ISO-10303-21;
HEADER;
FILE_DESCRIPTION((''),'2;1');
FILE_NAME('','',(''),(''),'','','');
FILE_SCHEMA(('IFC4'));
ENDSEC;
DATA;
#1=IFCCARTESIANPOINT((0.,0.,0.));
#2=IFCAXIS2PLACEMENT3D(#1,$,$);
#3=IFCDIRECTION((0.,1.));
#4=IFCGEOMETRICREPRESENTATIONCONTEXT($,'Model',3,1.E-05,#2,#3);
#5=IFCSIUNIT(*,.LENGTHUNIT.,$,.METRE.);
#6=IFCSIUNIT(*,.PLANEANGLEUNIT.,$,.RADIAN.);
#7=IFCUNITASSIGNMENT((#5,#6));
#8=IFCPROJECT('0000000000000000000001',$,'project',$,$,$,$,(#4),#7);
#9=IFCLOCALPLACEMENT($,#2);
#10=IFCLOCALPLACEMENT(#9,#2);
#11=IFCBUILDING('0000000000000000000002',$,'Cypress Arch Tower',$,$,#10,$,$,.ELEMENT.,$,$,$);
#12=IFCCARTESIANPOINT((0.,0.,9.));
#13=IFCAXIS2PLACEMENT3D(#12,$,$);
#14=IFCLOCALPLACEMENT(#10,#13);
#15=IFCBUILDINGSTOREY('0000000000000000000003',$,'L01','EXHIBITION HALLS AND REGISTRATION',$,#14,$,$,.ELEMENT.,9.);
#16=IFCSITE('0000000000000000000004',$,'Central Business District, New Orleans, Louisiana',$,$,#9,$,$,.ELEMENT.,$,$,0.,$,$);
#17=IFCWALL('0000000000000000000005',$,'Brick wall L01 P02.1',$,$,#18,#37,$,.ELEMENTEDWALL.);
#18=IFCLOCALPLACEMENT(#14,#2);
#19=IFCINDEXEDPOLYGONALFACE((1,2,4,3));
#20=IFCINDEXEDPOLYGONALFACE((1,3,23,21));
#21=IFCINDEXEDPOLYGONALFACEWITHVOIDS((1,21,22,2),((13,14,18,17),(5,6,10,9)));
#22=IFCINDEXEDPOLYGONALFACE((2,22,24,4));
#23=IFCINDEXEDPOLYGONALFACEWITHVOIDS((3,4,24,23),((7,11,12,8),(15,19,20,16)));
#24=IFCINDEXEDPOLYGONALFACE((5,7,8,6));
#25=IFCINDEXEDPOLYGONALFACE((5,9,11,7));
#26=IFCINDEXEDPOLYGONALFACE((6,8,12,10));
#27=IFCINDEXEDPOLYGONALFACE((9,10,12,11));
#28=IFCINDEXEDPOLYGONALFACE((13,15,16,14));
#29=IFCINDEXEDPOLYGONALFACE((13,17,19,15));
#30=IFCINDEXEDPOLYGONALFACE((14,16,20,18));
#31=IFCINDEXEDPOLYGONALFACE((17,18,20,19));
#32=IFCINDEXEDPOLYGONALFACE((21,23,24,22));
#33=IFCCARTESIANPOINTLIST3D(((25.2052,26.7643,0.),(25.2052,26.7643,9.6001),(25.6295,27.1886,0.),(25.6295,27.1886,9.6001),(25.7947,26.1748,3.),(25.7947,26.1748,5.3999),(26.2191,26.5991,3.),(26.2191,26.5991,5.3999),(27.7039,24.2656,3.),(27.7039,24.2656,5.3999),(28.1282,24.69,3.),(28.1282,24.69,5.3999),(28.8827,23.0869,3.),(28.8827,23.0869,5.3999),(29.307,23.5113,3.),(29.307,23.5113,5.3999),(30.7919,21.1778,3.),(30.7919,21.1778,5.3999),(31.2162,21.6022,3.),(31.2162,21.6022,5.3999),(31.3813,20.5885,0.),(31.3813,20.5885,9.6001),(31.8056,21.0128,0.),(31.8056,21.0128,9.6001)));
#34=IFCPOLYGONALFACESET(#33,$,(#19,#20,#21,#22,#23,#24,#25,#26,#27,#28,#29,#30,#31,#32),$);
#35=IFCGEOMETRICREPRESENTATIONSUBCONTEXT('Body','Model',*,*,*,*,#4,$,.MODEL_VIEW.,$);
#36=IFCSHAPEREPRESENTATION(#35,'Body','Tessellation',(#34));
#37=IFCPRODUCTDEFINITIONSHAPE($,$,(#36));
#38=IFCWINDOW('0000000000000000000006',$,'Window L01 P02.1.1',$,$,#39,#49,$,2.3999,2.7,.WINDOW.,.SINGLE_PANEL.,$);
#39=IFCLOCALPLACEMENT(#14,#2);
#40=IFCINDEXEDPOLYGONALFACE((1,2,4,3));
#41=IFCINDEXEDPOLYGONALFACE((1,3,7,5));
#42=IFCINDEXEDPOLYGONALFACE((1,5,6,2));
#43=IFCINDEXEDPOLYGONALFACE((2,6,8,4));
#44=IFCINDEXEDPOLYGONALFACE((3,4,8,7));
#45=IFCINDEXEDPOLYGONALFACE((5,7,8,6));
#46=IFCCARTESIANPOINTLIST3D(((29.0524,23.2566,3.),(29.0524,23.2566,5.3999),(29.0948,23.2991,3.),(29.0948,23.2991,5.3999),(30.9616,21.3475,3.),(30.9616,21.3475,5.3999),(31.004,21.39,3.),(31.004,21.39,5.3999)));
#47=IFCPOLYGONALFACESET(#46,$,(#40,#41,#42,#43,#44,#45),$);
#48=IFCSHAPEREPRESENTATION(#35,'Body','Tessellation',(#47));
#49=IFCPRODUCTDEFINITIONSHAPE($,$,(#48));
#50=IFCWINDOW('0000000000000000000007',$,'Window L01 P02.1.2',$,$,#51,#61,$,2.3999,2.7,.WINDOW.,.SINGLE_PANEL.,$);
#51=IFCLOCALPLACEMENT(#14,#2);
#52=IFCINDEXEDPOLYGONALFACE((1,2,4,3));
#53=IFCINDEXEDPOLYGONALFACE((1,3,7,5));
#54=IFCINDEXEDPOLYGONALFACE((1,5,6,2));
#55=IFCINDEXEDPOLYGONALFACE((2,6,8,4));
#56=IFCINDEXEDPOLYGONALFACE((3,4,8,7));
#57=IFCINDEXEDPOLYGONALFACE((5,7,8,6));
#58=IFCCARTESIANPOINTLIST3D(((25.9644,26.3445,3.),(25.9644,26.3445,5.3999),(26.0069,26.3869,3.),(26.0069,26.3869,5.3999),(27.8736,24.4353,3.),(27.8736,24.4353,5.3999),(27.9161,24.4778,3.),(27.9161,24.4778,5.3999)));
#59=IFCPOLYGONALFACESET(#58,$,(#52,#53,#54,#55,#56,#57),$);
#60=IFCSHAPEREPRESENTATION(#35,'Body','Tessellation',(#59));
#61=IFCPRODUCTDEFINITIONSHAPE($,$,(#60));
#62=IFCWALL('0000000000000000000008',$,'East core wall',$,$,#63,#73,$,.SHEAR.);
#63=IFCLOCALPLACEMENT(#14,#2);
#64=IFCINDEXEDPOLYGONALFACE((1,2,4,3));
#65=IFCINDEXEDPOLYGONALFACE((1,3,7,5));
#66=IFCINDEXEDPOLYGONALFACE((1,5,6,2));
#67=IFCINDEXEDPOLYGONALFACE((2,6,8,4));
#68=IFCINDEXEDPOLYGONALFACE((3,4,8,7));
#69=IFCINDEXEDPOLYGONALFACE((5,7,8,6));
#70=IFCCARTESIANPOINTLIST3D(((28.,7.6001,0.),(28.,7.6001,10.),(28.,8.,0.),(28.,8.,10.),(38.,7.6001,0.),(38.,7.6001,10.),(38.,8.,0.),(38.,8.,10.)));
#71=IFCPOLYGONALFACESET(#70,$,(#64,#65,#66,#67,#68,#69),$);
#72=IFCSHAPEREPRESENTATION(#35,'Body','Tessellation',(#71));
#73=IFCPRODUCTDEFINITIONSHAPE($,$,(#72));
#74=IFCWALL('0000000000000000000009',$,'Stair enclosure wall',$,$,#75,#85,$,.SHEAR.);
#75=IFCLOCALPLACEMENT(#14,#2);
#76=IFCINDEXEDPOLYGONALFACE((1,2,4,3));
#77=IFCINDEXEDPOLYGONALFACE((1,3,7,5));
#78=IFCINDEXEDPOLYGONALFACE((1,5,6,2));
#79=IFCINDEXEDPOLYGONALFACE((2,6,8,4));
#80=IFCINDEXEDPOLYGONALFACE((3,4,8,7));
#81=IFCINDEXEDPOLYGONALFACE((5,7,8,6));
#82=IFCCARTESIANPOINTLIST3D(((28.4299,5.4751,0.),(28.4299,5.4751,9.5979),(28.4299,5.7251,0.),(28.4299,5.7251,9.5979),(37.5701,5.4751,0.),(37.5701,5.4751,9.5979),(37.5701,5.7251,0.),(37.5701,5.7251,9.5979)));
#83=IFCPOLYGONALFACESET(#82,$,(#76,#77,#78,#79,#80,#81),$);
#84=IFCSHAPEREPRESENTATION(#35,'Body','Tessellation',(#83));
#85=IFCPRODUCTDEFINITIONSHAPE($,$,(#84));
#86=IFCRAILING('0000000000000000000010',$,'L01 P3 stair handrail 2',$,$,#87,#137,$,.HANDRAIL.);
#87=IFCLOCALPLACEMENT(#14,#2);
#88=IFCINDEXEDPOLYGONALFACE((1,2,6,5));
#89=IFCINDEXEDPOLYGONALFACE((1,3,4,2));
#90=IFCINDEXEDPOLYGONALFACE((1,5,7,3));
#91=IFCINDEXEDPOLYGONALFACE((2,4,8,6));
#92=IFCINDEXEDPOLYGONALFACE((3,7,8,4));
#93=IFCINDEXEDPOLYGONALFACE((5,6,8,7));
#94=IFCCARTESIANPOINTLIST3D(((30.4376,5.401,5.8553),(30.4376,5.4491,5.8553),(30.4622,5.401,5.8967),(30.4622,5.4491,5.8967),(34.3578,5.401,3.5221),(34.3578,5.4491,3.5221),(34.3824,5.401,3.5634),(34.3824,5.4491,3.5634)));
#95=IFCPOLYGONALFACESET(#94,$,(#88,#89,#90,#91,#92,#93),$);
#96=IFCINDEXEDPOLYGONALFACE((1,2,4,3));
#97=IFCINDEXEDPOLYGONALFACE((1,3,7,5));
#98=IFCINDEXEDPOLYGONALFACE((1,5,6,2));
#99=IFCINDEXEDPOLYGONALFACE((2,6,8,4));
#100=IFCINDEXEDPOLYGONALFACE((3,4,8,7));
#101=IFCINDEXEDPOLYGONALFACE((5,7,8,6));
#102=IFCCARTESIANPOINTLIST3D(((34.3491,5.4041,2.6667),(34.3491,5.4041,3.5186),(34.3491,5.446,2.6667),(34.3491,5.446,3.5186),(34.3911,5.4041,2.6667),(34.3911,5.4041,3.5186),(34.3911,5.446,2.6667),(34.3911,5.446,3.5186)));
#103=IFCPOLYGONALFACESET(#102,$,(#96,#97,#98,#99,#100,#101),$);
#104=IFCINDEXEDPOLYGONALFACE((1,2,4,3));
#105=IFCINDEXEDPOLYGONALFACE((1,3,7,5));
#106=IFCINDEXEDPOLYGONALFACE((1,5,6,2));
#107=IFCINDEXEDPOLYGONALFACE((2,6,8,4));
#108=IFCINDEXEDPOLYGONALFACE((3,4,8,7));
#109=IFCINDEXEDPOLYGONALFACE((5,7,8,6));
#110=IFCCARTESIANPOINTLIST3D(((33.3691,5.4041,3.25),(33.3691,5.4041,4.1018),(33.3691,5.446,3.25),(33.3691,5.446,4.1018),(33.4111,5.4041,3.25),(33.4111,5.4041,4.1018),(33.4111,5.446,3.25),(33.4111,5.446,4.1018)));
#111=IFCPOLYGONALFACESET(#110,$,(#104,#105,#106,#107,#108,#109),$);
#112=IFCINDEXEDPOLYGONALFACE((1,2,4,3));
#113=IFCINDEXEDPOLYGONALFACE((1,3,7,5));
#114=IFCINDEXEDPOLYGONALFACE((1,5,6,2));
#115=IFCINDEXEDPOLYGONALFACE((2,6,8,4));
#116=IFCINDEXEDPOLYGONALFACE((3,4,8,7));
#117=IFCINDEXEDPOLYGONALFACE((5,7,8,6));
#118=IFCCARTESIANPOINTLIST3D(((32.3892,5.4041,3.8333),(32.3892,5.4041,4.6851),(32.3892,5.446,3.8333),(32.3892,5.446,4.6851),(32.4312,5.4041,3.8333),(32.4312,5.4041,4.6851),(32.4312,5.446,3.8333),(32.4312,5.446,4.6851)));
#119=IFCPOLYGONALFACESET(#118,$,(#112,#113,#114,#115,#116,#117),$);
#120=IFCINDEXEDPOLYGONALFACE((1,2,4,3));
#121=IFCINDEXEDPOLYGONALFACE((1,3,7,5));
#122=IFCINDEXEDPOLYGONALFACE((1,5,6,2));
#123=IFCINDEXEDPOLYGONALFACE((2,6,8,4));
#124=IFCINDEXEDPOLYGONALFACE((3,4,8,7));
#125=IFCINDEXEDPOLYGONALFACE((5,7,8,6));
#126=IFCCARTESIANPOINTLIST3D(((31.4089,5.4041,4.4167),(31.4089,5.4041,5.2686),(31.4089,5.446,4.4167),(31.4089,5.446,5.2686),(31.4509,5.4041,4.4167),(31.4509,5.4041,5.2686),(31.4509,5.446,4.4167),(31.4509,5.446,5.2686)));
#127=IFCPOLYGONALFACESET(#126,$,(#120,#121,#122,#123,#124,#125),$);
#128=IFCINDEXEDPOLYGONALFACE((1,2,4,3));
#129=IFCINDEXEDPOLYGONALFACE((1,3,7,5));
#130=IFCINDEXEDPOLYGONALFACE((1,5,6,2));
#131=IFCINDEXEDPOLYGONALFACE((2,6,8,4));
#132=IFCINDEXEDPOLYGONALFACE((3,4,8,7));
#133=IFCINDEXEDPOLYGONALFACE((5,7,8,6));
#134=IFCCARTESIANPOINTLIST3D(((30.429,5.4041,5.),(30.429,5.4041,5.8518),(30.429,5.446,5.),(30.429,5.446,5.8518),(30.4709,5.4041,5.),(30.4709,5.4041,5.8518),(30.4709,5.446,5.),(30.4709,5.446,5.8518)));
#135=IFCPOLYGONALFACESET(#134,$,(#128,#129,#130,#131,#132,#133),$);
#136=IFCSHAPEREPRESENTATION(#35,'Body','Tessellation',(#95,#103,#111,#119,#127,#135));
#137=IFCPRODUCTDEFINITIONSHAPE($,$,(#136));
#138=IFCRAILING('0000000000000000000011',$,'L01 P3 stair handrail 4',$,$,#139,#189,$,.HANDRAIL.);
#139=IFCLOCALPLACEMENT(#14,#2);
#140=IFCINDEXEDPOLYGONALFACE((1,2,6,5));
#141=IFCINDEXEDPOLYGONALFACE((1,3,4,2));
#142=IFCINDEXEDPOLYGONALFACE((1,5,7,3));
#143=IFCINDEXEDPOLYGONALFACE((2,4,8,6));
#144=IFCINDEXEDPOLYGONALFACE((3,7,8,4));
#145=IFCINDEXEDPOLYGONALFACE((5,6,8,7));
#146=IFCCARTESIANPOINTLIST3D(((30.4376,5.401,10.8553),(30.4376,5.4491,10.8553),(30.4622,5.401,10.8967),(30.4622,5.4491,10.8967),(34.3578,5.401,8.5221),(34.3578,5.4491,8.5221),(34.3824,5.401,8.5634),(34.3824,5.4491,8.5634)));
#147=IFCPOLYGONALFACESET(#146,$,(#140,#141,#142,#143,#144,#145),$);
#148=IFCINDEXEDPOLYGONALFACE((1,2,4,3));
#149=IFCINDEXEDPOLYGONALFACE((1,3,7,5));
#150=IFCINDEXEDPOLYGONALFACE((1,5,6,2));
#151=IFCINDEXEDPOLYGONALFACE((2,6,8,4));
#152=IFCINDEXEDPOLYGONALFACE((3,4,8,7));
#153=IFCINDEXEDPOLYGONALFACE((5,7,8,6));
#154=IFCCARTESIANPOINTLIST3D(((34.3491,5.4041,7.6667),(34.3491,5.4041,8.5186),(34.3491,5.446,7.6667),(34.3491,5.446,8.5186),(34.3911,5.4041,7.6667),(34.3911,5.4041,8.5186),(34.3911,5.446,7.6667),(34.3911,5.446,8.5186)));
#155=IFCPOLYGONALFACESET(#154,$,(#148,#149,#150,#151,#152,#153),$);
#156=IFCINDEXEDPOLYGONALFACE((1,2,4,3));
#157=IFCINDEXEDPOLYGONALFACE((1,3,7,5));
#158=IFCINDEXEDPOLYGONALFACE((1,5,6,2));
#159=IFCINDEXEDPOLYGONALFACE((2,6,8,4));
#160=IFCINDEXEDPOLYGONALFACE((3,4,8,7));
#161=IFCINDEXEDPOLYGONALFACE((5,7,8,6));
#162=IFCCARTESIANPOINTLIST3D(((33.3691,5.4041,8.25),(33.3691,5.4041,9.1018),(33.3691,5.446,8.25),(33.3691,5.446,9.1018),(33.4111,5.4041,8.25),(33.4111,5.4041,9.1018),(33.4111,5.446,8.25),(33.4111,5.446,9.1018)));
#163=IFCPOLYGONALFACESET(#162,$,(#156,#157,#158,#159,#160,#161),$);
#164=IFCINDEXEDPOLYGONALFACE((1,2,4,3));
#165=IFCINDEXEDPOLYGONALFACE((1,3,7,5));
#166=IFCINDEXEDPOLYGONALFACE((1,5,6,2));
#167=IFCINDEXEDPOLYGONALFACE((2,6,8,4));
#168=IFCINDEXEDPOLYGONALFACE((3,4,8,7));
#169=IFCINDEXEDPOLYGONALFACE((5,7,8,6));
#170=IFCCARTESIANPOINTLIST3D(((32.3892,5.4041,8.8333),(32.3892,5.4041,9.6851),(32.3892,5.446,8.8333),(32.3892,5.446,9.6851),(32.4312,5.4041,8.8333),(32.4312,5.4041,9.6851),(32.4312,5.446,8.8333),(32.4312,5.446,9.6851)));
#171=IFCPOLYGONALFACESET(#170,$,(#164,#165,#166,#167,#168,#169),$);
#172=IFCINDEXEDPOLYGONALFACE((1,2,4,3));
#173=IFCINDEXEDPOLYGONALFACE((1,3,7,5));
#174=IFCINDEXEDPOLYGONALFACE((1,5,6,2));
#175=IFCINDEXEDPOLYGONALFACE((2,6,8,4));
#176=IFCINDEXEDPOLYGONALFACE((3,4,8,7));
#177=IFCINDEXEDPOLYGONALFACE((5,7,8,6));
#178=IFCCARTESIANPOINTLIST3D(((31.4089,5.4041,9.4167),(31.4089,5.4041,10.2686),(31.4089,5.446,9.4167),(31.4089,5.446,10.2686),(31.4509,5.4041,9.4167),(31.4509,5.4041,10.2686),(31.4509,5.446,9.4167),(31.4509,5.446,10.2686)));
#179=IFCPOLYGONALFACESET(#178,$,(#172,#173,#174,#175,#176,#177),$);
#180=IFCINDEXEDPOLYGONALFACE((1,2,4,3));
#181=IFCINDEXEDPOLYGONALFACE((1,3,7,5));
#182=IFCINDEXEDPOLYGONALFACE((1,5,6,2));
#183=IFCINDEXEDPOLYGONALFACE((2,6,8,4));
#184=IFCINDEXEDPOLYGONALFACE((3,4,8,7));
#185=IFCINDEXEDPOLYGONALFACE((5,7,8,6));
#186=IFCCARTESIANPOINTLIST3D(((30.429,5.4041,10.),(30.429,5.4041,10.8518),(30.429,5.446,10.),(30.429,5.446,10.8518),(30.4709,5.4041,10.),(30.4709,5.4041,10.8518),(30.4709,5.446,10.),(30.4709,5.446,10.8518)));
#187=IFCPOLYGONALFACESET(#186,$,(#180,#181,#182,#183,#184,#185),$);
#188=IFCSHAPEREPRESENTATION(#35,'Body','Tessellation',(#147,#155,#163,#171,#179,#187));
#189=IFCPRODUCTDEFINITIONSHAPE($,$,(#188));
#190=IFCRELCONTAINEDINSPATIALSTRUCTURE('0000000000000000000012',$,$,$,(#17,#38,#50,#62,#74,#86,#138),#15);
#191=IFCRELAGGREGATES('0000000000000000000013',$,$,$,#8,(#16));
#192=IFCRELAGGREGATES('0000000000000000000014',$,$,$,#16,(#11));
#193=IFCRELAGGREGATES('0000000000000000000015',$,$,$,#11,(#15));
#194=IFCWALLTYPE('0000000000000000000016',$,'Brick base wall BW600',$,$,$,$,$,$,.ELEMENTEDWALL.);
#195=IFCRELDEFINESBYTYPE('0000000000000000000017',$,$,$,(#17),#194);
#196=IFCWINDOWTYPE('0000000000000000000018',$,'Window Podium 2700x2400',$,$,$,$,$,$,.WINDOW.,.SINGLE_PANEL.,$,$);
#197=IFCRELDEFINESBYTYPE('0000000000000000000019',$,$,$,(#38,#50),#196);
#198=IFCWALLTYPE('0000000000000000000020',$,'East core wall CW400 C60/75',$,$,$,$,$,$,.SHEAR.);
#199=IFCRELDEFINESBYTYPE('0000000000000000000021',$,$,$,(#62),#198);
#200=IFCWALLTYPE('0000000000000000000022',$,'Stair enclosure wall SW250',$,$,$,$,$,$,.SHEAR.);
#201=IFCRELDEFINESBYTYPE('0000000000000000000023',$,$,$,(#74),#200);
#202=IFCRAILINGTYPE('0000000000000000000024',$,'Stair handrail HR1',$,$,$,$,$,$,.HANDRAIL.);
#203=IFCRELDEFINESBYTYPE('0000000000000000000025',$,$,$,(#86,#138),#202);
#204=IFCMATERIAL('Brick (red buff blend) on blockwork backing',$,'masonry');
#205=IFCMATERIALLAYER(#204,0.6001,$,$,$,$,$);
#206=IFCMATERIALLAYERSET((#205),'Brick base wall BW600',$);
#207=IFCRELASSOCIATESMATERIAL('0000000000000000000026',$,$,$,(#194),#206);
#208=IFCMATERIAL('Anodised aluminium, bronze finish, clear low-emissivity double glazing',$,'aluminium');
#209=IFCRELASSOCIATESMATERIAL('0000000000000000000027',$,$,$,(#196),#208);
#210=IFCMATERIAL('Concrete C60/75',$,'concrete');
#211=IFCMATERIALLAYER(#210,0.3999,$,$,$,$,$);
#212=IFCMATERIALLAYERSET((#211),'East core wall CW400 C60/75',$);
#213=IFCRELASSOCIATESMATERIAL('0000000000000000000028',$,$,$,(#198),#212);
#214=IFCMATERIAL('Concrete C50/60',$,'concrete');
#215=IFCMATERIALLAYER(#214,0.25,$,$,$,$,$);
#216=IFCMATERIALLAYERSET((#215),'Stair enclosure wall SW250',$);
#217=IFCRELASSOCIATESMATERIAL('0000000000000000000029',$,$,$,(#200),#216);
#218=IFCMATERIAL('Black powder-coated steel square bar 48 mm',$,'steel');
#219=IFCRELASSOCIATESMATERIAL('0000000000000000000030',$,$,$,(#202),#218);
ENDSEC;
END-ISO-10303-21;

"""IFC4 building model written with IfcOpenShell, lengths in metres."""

from ifc_helpers import new_model, si_unit, direction, frame, frame_2d, origin, origin_2d, place, context, subcontext, project, spatial, rectangle, extrude, material, layer, layer_set, type_object, element, fill, save


model = new_model("IFC4")

# Units and contexts
model_context = context("Model", 3, precision=1e-05, world=origin(), true_north=direction((0.0, 1.0)))
body_context = subcontext(model_context, "Body", "Model", "MODEL_VIEW")
ifc_project = project(units=[si_unit("LENGTHUNIT", "METRE"), si_unit("PLANEANGLEUNIT", "RADIAN")], contexts=[model_context])

# Site, building, storey
site_placement = place(None, origin())
site = spatial("IfcSite", under=ifc_project, at=site_placement, Name="Central Business District, New Orleans, Louisiana", CompositionType="ELEMENT", RefElevation=0.0)
building_placement = place(site_placement, origin())
building = spatial("IfcBuilding", under=site, at=building_placement, Name="Cypress Arch Tower", CompositionType="ELEMENT")
storey_placement = place(building_placement, frame((0.0, 0.0, 9.0)))
storey = spatial("IfcBuildingStorey", under=building, at=storey_placement, Name="L01", Description="EXHIBITION HALLS AND REGISTRATION", CompositionType="ELEMENT", Elevation=9.0)

# Wall, openings, windows
ifc_material_1 = material(Name="Brick (red buff blend) on blockwork backing", Category="masonry")
ifc_layer_1 = layer(ifc_material_1, 0.6001)
ifc_layer_set_1 = layer_set([ifc_layer_1], Name="Brick base wall BW600")
wall_type_1 = type_object("IfcWallType", Name="Brick base wall BW600", PredefinedType="ELEMENTEDWALL", material=ifc_layer_set_1)
ifc_material_2 = material(Name="Anodised aluminium, bronze finish, clear low-emissivity double glazing", Category="aluminium")
window_type_1 = type_object("IfcWindowType", Name="Window Podium 2700x2400", PartitioningType="SINGLE_PANEL", PredefinedType="WINDOW", material=ifc_material_2)
wall_1_placement = place(storey_placement, frame((31.5935, 20.8005, 0.0), z_axis=(0.0, 0.0, 1.0), x_axis=(-0.707121, 0.707093, 0.0)))
wall_1 = element("IfcWall", 1, at=wall_1_placement, inside=storey, type_object=wall_type_1, Name="Brick wall L01 P02.1", PredefinedType="ELEMENTEDWALL", context=body_context, shape_type="SweptSolid", body=[
    extrude(rectangle(XDim=8.7341, YDim=0.6001, at=frame_2d((4.3672, 0.0))), origin(), (0.0, 0.0, 1.0), 9.6001),
])
opening_1_placement = place(wall_1_placement, frame((0.8335, 0.0, 3.0)))
opening_1 = element("IfcOpeningElement", 2, at=opening_1_placement, cuts=wall_1, PredefinedType="OPENING", context=body_context, shape_type="SweptSolid", body=[
    extrude(rectangle(XDim=2.7, YDim=2.3999, at=frame_2d((1.3501, 1.2))), frame((0.0, 0.3101, 0.0), z_axis=(0.0, -1.0, 0.0), x_axis=(1.0, 0.0, 0.0)), (0.0, 0.0, 1.0), 0.6201),
])
opening_2_placement = place(wall_1_placement, frame((5.2004, 0.0, 3.0)))
opening_2 = element("IfcOpeningElement", 3, at=opening_2_placement, cuts=wall_1, PredefinedType="OPENING", context=body_context, shape_type="SweptSolid", body=[
    extrude(rectangle(XDim=2.7, YDim=2.3999, at=frame_2d((1.3501, 1.2))), frame((0.0, 0.3101, 0.0), z_axis=(0.0, -1.0, 0.0), x_axis=(1.0, 0.0, 0.0)), (0.0, 0.0, 1.0), 0.6201),
])
window_1_placement = place(opening_1_placement, origin())
window_1 = element("IfcWindow", 4, at=window_1_placement, inside=storey, type_object=window_type_1, Name="Window L01 P02.1.1", OverallHeight=2.3999, OverallWidth=2.7, PartitioningType="SINGLE_PANEL", PredefinedType="WINDOW", context=body_context, shape_type="SweptSolid", body=[
    extrude(rectangle(XDim=2.7, YDim=2.3999, at=frame_2d((1.3501, 1.2))), frame((0.0, 0.0601, 0.0), z_axis=(0.0, -1.0, 0.0), x_axis=(1.0, 0.0, 0.0)), (0.0, 0.0, 1.0), 0.0601),
])
fill(opening_1, window_1)
window_2_placement = place(opening_2_placement, origin())
window_2 = element("IfcWindow", 5, at=window_2_placement, inside=storey, type_object=window_type_1, Name="Window L01 P02.1.2", OverallHeight=2.3999, OverallWidth=2.7, PartitioningType="SINGLE_PANEL", PredefinedType="WINDOW", context=body_context, shape_type="SweptSolid", body=[
    extrude(rectangle(XDim=2.7, YDim=2.3999, at=frame_2d((1.3501, 1.2))), frame((0.0, 0.0601, 0.0), z_axis=(0.0, -1.0, 0.0), x_axis=(1.0, 0.0, 0.0)), (0.0, 0.0, 1.0), 0.0601),
])
fill(opening_2, window_2)

# Walls
ifc_material_3 = material(Name="Concrete C60/75", Category="concrete")
ifc_layer_2 = layer(ifc_material_3, 0.3999)
ifc_layer_set_2 = layer_set([ifc_layer_2], Name="East core wall CW400 C60/75")
wall_type_2 = type_object("IfcWallType", Name="East core wall CW400 C60/75", PredefinedType="SHEAR", material=ifc_layer_set_2)
wall_2_placement = place(storey_placement, frame((28.0, 7.8, 0.0), z_axis=(0.0, 0.0, 1.0), x_axis=(1.0, 0.0, 0.0)))
element("IfcWall", 6, at=wall_2_placement, inside=storey, type_object=wall_type_2, Name="East core wall", PredefinedType="SHEAR", context=body_context, shape_type="SweptSolid", body=[
    extrude(rectangle(XDim=10.0, YDim=0.3999, at=frame_2d((5.0, 0.0))), origin(), (0.0, 0.0, 1.0), 10.0),
])
ifc_material_4 = material(Name="Concrete C50/60", Category="concrete")
ifc_layer_3 = layer(ifc_material_4, 0.25)
ifc_layer_set_3 = layer_set([ifc_layer_3], Name="Stair enclosure wall SW250")
wall_type_3 = type_object("IfcWallType", Name="Stair enclosure wall SW250", PredefinedType="SHEAR", material=ifc_layer_set_3)
wall_3_placement = place(storey_placement, frame((28.4299, 5.6001, 0.0), z_axis=(0.0, 0.0, 1.0), x_axis=(1.0, 0.0, 0.0)))
element("IfcWall", 7, at=wall_3_placement, inside=storey, type_object=wall_type_3, Name="Stair enclosure wall", PredefinedType="SHEAR", context=body_context, shape_type="SweptSolid", body=[
    extrude(rectangle(XDim=9.1401, YDim=0.25, at=frame_2d((4.5701, 0.0))), origin(), (0.0, 0.0, 1.0), 9.5979),
])

# Railings
ifc_material_5 = material(Name="Black powder-coated steel square bar 48 mm", Category="steel")
railing_type = type_object("IfcRailingType", Name="Stair handrail HR1", PredefinedType="HANDRAIL", material=ifc_material_5)
for number, where, name in (
    (8, (34.3701, 5.425, 2.6667), "L01 P3 stair handrail 2"),
    (9, (34.3701, 5.425, 7.6667), "L01 P3 stair handrail 4"),
):
    element("IfcRailing", number, at=place(storey_placement, frame(where)), inside=storey, type_object=railing_type, Name=name, PredefinedType="HANDRAIL", context=body_context, shape_type="SweptSolid", body=[
        extrude(rectangle(XDim=0.0481, YDim=0.0481, at=origin_2d()), frame((0.0, 0.0, 0.876), z_axis=(-0.85931, 0.0, 0.511455), x_axis=(0.0, -1.0, 0.0)), (0.0, 0.0, 1.0), 4.562),
        extrude(rectangle(XDim=0.042, YDim=0.042, at=origin_2d()), origin(), (0.0, 0.0, 1.0), 0.8518),
        extrude(rectangle(XDim=0.042, YDim=0.042, at=origin_2d()), frame((-0.98, 0.0, 0.5833)), (0.0, 0.0, 1.0), 0.8518),
        extrude(rectangle(XDim=0.042, YDim=0.042, at=origin_2d()), frame((-1.96, 0.0, 1.1665)), (0.0, 0.0, 1.0), 0.8518),
        extrude(rectangle(XDim=0.042, YDim=0.042, at=origin_2d()), frame((-2.9402, 0.0, 1.75)), (0.0, 0.0, 1.0), 0.8518),
        extrude(rectangle(XDim=0.042, YDim=0.042, at=origin_2d()), frame((-3.9202, 0.0, 2.3333)), (0.0, 0.0, 1.0), 0.8518),
    ])

save(model, "model.ifc")
